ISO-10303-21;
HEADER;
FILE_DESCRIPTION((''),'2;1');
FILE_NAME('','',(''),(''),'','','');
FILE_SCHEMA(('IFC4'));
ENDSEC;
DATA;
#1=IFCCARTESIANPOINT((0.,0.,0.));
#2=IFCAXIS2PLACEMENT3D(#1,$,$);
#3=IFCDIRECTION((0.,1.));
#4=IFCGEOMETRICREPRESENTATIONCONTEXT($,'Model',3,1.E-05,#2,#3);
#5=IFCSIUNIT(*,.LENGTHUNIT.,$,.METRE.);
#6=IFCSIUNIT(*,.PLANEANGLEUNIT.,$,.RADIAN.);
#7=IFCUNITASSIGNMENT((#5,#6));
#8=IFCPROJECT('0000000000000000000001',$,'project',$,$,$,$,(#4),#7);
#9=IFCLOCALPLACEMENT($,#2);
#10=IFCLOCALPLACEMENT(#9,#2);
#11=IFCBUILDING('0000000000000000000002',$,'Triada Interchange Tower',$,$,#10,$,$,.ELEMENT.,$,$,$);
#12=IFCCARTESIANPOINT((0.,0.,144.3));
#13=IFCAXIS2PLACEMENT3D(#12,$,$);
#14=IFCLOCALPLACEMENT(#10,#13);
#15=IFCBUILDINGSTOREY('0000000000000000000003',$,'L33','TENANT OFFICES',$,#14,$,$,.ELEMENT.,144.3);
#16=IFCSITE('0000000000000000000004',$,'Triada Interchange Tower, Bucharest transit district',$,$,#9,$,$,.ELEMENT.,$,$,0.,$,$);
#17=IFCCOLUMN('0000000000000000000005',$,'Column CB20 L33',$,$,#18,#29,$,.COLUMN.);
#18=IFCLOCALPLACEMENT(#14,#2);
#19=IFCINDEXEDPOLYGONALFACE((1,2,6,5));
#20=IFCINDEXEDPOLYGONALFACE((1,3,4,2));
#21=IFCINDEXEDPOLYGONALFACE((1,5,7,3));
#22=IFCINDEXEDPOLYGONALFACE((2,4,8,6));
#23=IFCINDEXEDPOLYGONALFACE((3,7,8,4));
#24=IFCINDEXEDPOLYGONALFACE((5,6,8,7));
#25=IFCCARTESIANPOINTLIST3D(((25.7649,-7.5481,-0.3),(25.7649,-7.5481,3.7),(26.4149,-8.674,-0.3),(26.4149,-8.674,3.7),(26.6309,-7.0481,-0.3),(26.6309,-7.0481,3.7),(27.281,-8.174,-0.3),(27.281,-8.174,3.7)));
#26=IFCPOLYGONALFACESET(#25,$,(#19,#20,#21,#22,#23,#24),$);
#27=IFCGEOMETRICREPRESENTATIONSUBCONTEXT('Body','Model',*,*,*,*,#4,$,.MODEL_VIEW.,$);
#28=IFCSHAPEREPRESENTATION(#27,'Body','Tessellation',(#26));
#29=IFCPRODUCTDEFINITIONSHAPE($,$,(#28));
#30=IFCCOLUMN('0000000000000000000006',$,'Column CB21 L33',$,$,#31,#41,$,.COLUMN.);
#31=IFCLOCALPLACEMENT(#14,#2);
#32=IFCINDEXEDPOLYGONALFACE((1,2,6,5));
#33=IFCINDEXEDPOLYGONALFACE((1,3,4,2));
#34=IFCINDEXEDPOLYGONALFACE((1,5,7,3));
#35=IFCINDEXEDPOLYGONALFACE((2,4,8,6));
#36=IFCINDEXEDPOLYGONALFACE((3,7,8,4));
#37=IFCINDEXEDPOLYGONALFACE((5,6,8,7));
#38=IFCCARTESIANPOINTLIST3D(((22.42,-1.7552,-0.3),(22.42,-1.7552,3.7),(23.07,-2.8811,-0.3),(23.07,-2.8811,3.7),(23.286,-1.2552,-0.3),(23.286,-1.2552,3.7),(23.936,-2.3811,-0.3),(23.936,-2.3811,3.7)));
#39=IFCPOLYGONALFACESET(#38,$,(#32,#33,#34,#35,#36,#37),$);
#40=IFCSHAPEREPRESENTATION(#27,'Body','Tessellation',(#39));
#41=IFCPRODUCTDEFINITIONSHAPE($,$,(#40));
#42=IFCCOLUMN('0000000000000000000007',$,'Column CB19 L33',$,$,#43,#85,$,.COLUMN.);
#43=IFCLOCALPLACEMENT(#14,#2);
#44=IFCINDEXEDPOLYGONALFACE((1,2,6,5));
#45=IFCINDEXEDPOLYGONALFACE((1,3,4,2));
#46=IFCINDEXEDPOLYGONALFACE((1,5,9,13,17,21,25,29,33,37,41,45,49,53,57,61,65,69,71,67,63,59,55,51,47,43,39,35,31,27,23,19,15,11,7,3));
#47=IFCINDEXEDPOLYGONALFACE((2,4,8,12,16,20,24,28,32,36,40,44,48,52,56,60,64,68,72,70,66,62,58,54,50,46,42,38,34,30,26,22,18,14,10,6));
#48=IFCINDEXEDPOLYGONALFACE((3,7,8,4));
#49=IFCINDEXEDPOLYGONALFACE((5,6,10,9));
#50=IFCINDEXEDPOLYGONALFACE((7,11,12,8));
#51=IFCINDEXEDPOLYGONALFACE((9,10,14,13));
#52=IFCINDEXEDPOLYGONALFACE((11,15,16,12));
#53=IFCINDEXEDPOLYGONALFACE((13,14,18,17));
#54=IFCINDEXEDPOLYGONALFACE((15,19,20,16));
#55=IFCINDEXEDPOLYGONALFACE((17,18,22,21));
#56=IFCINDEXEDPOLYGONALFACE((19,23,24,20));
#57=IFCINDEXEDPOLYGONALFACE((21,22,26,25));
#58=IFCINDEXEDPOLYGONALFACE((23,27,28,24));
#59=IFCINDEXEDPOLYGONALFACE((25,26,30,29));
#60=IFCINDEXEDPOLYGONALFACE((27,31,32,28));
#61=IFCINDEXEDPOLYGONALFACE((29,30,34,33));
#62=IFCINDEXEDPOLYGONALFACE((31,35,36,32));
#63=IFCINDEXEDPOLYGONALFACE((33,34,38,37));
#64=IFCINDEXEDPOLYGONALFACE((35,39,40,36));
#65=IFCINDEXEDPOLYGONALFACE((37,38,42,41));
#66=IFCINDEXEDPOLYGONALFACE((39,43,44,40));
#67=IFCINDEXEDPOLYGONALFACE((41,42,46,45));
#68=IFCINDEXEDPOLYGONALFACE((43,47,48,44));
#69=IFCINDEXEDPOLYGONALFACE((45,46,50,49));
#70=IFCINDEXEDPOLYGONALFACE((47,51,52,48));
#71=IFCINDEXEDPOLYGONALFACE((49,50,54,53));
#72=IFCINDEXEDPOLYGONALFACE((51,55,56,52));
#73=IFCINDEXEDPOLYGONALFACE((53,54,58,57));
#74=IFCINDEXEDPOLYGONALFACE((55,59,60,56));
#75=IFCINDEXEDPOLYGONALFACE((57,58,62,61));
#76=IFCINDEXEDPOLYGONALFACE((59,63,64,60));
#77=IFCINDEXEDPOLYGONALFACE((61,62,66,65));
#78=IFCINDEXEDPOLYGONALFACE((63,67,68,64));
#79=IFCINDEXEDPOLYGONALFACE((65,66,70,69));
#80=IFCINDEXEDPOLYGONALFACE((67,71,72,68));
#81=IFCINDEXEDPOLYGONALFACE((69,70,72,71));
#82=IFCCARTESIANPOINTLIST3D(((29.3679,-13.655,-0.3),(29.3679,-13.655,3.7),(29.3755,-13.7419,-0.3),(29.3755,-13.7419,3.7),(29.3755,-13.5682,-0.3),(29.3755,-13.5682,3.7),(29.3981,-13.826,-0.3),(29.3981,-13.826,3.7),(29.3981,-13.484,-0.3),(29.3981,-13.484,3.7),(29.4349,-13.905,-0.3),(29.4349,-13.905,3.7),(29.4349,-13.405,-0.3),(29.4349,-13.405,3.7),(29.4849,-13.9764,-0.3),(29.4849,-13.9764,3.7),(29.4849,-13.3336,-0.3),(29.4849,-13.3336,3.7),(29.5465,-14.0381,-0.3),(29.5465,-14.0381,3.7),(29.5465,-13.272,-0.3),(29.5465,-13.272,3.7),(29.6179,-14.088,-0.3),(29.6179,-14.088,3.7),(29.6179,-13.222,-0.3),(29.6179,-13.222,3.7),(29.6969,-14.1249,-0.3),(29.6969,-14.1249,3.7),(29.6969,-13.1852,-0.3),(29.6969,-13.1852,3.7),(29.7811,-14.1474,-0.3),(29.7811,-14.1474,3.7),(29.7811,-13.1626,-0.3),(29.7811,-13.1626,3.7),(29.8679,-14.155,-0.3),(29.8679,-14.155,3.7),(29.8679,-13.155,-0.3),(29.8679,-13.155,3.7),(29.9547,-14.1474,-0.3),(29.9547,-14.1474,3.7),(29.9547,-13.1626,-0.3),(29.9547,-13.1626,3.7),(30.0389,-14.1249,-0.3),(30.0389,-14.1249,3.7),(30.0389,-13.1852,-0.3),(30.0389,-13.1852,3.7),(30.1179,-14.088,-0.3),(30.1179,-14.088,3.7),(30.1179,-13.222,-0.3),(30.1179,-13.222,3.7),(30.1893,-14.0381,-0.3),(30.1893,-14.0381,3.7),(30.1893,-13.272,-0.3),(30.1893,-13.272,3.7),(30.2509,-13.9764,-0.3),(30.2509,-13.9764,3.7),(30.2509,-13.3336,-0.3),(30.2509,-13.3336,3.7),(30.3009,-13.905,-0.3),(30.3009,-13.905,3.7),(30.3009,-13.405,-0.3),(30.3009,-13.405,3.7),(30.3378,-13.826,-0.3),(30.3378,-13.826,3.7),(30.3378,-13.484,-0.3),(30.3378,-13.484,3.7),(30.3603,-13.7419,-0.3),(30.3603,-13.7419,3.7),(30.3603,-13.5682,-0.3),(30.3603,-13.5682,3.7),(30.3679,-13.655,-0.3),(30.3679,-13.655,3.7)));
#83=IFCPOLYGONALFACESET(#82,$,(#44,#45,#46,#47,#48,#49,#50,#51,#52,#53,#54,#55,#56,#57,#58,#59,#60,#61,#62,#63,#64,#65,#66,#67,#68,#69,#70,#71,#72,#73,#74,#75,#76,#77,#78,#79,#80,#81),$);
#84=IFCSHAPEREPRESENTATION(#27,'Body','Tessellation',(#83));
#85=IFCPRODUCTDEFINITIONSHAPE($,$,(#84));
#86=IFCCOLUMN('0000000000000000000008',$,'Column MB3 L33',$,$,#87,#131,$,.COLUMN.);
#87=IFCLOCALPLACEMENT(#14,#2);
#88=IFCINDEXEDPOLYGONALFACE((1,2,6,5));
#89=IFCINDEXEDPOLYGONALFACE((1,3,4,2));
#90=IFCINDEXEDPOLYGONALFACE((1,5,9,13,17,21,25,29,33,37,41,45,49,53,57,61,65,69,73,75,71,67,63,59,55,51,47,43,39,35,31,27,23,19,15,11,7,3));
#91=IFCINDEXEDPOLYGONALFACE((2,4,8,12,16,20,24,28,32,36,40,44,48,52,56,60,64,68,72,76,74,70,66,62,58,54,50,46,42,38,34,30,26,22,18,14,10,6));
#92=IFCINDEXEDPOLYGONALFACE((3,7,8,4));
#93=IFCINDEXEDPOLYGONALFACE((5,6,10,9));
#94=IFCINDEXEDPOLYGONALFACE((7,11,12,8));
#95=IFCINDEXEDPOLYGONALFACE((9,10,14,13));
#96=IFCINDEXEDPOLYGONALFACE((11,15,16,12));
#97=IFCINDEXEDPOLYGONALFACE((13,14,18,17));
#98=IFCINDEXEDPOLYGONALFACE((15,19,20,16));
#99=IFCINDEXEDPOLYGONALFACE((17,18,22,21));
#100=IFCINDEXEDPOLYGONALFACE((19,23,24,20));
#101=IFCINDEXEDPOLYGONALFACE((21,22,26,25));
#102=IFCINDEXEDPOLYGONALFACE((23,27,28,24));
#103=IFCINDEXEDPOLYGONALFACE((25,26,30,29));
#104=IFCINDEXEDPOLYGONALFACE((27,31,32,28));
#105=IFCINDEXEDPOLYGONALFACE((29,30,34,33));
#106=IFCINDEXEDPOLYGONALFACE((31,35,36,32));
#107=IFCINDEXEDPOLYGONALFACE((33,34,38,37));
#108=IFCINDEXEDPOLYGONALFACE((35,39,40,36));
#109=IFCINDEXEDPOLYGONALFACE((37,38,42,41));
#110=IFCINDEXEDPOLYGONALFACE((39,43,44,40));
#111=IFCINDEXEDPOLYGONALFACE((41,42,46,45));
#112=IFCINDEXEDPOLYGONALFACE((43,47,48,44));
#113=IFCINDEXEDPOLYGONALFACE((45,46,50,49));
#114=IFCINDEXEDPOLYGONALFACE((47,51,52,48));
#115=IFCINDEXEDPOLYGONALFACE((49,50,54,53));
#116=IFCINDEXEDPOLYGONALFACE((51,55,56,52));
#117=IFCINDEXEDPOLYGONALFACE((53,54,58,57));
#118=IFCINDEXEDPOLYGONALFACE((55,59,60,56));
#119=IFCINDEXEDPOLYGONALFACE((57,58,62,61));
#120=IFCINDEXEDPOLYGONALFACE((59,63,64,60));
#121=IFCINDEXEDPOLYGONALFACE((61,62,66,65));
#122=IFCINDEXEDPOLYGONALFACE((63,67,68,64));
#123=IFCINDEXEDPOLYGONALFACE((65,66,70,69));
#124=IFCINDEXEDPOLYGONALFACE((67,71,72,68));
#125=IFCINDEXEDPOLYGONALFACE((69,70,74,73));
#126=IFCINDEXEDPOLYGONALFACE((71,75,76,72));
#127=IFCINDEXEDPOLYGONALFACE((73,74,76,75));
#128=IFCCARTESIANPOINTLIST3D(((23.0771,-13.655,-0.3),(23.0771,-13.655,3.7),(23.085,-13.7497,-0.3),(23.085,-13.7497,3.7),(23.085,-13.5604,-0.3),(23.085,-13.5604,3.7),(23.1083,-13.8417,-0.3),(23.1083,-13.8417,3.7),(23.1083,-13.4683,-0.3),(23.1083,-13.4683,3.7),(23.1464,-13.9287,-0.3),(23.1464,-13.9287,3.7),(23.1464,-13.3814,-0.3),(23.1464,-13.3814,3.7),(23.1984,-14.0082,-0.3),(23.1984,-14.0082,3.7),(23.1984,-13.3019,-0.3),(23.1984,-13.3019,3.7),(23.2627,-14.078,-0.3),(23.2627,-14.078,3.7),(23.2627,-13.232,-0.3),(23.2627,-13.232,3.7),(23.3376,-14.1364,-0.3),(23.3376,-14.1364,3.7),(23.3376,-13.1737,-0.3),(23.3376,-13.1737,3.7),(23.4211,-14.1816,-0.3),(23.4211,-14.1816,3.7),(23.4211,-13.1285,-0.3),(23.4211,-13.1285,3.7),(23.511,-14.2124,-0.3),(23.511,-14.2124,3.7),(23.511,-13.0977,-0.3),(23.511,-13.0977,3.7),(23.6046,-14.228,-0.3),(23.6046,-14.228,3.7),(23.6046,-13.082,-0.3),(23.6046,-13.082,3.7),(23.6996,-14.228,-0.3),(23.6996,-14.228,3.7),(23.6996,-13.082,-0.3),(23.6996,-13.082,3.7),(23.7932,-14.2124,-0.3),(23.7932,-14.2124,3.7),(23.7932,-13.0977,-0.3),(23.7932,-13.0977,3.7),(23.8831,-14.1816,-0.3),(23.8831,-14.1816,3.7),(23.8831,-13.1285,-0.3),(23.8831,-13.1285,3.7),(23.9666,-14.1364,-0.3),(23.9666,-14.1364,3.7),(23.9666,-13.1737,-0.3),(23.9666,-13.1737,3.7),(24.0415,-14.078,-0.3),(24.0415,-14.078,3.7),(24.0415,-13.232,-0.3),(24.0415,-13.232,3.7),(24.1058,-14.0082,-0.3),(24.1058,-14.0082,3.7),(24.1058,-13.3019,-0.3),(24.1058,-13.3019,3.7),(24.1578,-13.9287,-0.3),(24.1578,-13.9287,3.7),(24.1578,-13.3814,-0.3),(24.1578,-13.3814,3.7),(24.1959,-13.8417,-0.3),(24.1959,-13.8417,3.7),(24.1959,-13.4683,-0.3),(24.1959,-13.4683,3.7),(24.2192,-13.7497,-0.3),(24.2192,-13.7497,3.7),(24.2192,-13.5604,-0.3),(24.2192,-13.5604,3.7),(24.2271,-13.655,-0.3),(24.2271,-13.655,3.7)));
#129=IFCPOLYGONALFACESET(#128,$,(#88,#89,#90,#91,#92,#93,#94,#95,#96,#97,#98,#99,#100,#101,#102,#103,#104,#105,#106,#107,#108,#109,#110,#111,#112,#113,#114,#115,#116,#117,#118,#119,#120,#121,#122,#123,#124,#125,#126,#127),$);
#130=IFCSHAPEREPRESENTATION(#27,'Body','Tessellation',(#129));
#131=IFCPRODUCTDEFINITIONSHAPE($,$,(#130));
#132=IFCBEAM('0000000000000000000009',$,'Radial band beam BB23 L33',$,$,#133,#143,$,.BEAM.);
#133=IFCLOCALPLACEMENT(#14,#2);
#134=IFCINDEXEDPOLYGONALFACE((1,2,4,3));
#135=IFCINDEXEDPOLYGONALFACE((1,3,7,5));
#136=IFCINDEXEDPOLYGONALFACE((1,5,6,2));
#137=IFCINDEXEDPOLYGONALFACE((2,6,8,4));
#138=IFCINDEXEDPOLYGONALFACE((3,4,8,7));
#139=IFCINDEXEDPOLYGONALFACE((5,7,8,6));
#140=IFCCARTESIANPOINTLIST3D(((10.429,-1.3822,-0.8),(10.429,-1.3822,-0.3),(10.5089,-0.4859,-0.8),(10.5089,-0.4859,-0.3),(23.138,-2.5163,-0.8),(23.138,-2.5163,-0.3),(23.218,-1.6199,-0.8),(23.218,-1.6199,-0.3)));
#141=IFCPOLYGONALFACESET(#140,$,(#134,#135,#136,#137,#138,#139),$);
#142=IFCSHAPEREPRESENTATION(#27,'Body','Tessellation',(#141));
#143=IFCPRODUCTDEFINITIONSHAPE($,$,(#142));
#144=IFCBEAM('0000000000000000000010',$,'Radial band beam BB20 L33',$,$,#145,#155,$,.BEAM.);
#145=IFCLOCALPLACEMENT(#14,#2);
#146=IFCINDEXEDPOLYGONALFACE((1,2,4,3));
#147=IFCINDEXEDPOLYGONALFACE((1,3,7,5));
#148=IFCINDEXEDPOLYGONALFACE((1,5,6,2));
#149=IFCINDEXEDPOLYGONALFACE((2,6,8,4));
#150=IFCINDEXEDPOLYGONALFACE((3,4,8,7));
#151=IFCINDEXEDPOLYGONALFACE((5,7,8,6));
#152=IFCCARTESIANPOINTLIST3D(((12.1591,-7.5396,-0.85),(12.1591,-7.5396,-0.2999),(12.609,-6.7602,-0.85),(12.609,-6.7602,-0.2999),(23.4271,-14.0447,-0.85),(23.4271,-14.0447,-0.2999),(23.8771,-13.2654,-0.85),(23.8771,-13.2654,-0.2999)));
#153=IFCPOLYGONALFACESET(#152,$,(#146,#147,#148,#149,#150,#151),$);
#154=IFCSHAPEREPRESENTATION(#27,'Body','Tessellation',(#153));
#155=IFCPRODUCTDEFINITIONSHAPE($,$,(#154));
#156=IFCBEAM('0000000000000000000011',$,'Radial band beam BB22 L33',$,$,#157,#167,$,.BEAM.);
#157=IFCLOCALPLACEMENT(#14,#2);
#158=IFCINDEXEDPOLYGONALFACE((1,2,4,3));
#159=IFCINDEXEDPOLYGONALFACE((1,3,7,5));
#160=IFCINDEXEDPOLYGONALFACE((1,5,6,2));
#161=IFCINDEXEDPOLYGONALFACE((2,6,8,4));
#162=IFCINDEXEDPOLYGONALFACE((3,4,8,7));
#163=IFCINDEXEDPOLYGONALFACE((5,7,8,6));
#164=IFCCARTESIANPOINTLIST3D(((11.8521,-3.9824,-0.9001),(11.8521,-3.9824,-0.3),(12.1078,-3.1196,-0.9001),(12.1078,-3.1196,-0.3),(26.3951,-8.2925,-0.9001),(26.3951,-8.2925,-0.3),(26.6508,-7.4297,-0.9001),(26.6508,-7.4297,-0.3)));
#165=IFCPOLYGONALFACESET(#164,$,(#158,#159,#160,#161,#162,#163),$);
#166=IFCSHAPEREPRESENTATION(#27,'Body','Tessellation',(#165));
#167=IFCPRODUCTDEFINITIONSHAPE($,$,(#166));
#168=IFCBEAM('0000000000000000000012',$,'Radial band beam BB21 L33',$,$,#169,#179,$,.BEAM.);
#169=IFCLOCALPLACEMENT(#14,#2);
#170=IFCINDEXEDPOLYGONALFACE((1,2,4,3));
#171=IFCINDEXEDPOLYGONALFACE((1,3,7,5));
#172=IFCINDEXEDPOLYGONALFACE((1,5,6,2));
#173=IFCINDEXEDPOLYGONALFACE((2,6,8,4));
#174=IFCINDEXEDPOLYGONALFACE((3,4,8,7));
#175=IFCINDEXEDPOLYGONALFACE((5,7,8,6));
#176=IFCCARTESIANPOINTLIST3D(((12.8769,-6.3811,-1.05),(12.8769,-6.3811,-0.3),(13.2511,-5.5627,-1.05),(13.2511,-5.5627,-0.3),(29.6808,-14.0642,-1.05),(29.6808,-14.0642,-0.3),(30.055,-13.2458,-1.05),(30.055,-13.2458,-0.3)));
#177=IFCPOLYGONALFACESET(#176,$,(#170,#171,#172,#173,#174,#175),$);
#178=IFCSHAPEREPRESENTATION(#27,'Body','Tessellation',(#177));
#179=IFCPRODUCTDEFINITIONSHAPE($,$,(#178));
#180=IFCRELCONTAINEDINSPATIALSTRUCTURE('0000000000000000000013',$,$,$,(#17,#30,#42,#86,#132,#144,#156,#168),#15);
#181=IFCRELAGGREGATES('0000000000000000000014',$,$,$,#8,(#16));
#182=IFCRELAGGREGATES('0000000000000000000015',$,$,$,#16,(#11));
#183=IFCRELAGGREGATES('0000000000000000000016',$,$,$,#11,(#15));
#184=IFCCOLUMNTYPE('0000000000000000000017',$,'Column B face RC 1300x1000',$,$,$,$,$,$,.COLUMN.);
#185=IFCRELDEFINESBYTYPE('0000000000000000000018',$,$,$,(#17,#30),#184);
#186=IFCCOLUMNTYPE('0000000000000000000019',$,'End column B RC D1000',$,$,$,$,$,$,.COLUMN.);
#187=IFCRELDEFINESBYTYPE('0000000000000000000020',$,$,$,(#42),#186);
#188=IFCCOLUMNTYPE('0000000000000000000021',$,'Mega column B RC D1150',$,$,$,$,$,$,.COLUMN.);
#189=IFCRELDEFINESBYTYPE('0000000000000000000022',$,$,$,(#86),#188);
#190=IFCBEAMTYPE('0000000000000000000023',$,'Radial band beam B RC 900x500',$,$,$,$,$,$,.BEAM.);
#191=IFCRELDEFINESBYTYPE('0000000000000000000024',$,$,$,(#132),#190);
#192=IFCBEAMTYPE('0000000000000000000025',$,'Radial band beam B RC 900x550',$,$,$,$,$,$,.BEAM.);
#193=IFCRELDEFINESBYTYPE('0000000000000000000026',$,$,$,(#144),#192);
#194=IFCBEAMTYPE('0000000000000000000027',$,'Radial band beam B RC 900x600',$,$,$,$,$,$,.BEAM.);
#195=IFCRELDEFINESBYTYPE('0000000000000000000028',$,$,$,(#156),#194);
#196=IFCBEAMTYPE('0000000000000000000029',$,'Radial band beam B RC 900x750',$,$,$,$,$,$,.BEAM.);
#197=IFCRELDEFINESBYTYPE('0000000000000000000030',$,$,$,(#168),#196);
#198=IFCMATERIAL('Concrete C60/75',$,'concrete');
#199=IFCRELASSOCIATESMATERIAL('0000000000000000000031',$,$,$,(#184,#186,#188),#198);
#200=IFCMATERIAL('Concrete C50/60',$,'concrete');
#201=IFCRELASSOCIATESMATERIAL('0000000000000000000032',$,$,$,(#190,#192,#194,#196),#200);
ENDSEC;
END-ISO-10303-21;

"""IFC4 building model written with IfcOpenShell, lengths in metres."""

from ifc_helpers import new_model, si_unit, direction, frame, origin, origin_2d, place, context, subcontext, project, spatial, rectangle, circle, extrude, material, material_profile, profile_set, type_object, element, save


model = new_model("IFC4")

# Units and contexts
model_context = context("Model", 3, precision=1e-05, world=origin(), true_north=direction((0.0, 1.0)))
body_context = subcontext(model_context, "Body", "Model", "MODEL_VIEW")
ifc_project = project(units=[si_unit("LENGTHUNIT", "METRE"), si_unit("PLANEANGLEUNIT", "RADIAN")], contexts=[model_context])

# Site, building, storey
site_placement = place(None, origin())
site = spatial("IfcSite", under=ifc_project, at=site_placement, Name="Triada Interchange Tower, Bucharest transit district", CompositionType="ELEMENT", RefElevation=0.0)
building_placement = place(site_placement, origin())
building = spatial("IfcBuilding", under=site, at=building_placement, Name="Triada Interchange Tower", CompositionType="ELEMENT")
storey_placement = place(building_placement, frame((0.0, 0.0, 144.3)))
storey = spatial("IfcBuildingStorey", under=building, at=storey_placement, Name="L33", Description="TENANT OFFICES", CompositionType="ELEMENT", Elevation=144.3)

# Columns
ifc_material_1 = material(Name="Concrete C60/75", Category="concrete")
ifc_material_profile_1 = material_profile(ifc_material_1, rectangle(XDim=1.3, YDim=1.0, at=origin_2d()), Name="RC 1300x1000")
ifc_profile_set_1 = profile_set([ifc_material_profile_1], Name="Concrete C60/75")
column_type_1 = type_object("IfcColumnType", Name="Column B face RC 1300x1000", PredefinedType="COLUMN", material=ifc_profile_set_1)
for number, where, z_axis, x_axis, name in (
    (1, (26.5229, -7.8611, -0.3), (0.0, 0.0, 1.0), (-0.5, 0.866025, 0.0), "Column CB20 L33"),
    (2, (23.178, -2.0681, -0.3), (0.0, 0.0, 1.0), (-0.5, 0.866025, 0.0), "Column CB21 L33"),
):
    element("IfcColumn", number, at=place(storey_placement, frame(where, z_axis=z_axis, x_axis=x_axis)), inside=storey, type_object=column_type_1, Name=name, PredefinedType="COLUMN", context=body_context, shape_type="SweptSolid", body=[
        extrude(rectangle(XDim=1.3, YDim=1.0, at=origin_2d()), origin(), (0.0, 0.0, 1.0), 4.0),
    ])
ifc_material_profile_2 = material_profile(ifc_material_1, circle(Radius=0.5, at=origin_2d()), Name="RC D1000")
ifc_profile_set_2 = profile_set([ifc_material_profile_2], Name="Concrete C60/75")
column_type_2 = type_object("IfcColumnType", Name="End column B RC D1000", PredefinedType="COLUMN", material=ifc_profile_set_2)
column_1_placement = place(storey_placement, frame((29.8679, -13.655, -0.3), z_axis=(0.0, 0.0, 1.0), x_axis=(-0.5, 0.866025, 0.0)))
element("IfcColumn", 3, at=column_1_placement, inside=storey, type_object=column_type_2, Name="Column CB19 L33", PredefinedType="COLUMN", context=body_context, shape_type="SweptSolid", body=[
    extrude(circle(Radius=0.5, at=origin_2d()), origin(), (0.0, 0.0, 1.0), 4.0),
])
ifc_material_profile_3 = material_profile(ifc_material_1, circle(Radius=0.575, at=origin_2d()), Name="RC D1150")
ifc_profile_set_3 = profile_set([ifc_material_profile_3], Name="Concrete C60/75")
column_type_3 = type_object("IfcColumnType", Name="Mega column B RC D1150", PredefinedType="COLUMN", material=ifc_profile_set_3)
column_2_placement = place(storey_placement, frame((23.6521, -13.655, -0.3), z_axis=(0.0, 0.0, 1.0), x_axis=(1.0, 0.0, 0.0)))
element("IfcColumn", 4, at=column_2_placement, inside=storey, type_object=column_type_3, Name="Column MB3 L33", PredefinedType="COLUMN", context=body_context, shape_type="SweptSolid", body=[
    extrude(circle(Radius=0.575, at=origin_2d()), origin(), (0.0, 0.0, 1.0), 4.0),
])

# Beams
ifc_material_2 = material(Name="Concrete C50/60", Category="concrete")
ifc_material_profile_4 = material_profile(ifc_material_2, rectangle(XDim=0.8999, YDim=0.5, at=origin_2d()), Name="RC 900x500")
ifc_profile_set_4 = profile_set([ifc_material_profile_4], Name="Concrete C50/60")
beam_type_1 = type_object("IfcBeamType", Name="Radial band beam B RC 900x500", PredefinedType="BEAM", material=ifc_profile_set_4)
beam_1_placement = place(storey_placement, frame((23.178, -2.0681, -0.55), z_axis=(-0.996043, 0.088878, 0.0), x_axis=(-0.088878, -0.996043, 0.0)))
element("IfcBeam", 5, at=beam_1_placement, inside=storey, type_object=beam_type_1, Name="Radial band beam BB23 L33", PredefinedType="BEAM", context=body_context, shape_type="SweptSolid", body=[
    extrude(rectangle(XDim=0.8999, YDim=0.5, at=origin_2d()), origin(), (0.0, 0.0, 1.0), 12.7595),
])
ifc_material_profile_5 = material_profile(ifc_material_2, rectangle(XDim=0.8999, YDim=0.55, at=origin_2d()), Name="RC 900x550")
ifc_profile_set_5 = profile_set([ifc_material_profile_5], Name="Concrete C50/60")
beam_type_2 = type_object("IfcBeamType", Name="Radial band beam B RC 900x550", PredefinedType="BEAM", material=ifc_profile_set_5)
beam_2_placement = place(storey_placement, frame((23.6521, -13.655, -0.575), z_axis=(-0.866042, 0.499972, 0.0), x_axis=(-0.499972, -0.866042, 0.0)))
element("IfcBeam", 6, at=beam_2_placement, inside=storey, type_object=beam_type_2, Name="Radial band beam BB20 L33", PredefinedType="BEAM", context=body_context, shape_type="SweptSolid", body=[
    extrude(rectangle(XDim=0.8999, YDim=0.55, at=origin_2d()), origin(), (0.0, 0.0, 1.0), 13.011),
])
ifc_material_profile_6 = material_profile(ifc_material_2, rectangle(XDim=0.8999, YDim=0.6001, at=origin_2d()), Name="RC 900x600")
ifc_profile_set_6 = profile_set([ifc_material_profile_6], Name="Concrete C50/60")
beam_type_3 = type_object("IfcBeamType", Name="Radial band beam B RC 900x600", PredefinedType="BEAM", material=ifc_profile_set_6)
beam_3_placement = place(storey_placement, frame((26.5229, -7.8611, -0.6001), z_axis=(-0.95878, 0.284151, 0.0), x_axis=(-0.284151, -0.95878, 0.0)))
element("IfcBeam", 7, at=beam_3_placement, inside=storey, type_object=beam_type_3, Name="Radial band beam BB22 L33", PredefinedType="BEAM", context=body_context, shape_type="SweptSolid", body=[
    extrude(rectangle(XDim=0.8999, YDim=0.6001, at=origin_2d()), origin(), (0.0, 0.0, 1.0), 15.1682),
])
ifc_material_profile_7 = material_profile(ifc_material_2, rectangle(XDim=0.8999, YDim=0.75, at=origin_2d()), Name="RC 900x750")
ifc_profile_set_7 = profile_set([ifc_material_profile_7], Name="Concrete C50/60")
beam_type_4 = type_object("IfcBeamType", Name="Radial band beam B RC 900x750", PredefinedType="BEAM", material=ifc_profile_set_7)
beam_4_placement = place(storey_placement, frame((29.8679, -13.655, -0.675), z_axis=(-0.909448, 0.415818, 0.0), x_axis=(-0.415818, -0.909448, 0.0)))
element("IfcBeam", 8, at=beam_4_placement, inside=storey, type_object=beam_type_4, Name="Radial band beam BB21 L33", PredefinedType="BEAM", context=body_context, shape_type="SweptSolid", body=[
    extrude(rectangle(XDim=0.8999, YDim=0.75, at=origin_2d()), origin(), (0.0, 0.0, 1.0), 18.4771),
])

save(model, "model.ifc")
